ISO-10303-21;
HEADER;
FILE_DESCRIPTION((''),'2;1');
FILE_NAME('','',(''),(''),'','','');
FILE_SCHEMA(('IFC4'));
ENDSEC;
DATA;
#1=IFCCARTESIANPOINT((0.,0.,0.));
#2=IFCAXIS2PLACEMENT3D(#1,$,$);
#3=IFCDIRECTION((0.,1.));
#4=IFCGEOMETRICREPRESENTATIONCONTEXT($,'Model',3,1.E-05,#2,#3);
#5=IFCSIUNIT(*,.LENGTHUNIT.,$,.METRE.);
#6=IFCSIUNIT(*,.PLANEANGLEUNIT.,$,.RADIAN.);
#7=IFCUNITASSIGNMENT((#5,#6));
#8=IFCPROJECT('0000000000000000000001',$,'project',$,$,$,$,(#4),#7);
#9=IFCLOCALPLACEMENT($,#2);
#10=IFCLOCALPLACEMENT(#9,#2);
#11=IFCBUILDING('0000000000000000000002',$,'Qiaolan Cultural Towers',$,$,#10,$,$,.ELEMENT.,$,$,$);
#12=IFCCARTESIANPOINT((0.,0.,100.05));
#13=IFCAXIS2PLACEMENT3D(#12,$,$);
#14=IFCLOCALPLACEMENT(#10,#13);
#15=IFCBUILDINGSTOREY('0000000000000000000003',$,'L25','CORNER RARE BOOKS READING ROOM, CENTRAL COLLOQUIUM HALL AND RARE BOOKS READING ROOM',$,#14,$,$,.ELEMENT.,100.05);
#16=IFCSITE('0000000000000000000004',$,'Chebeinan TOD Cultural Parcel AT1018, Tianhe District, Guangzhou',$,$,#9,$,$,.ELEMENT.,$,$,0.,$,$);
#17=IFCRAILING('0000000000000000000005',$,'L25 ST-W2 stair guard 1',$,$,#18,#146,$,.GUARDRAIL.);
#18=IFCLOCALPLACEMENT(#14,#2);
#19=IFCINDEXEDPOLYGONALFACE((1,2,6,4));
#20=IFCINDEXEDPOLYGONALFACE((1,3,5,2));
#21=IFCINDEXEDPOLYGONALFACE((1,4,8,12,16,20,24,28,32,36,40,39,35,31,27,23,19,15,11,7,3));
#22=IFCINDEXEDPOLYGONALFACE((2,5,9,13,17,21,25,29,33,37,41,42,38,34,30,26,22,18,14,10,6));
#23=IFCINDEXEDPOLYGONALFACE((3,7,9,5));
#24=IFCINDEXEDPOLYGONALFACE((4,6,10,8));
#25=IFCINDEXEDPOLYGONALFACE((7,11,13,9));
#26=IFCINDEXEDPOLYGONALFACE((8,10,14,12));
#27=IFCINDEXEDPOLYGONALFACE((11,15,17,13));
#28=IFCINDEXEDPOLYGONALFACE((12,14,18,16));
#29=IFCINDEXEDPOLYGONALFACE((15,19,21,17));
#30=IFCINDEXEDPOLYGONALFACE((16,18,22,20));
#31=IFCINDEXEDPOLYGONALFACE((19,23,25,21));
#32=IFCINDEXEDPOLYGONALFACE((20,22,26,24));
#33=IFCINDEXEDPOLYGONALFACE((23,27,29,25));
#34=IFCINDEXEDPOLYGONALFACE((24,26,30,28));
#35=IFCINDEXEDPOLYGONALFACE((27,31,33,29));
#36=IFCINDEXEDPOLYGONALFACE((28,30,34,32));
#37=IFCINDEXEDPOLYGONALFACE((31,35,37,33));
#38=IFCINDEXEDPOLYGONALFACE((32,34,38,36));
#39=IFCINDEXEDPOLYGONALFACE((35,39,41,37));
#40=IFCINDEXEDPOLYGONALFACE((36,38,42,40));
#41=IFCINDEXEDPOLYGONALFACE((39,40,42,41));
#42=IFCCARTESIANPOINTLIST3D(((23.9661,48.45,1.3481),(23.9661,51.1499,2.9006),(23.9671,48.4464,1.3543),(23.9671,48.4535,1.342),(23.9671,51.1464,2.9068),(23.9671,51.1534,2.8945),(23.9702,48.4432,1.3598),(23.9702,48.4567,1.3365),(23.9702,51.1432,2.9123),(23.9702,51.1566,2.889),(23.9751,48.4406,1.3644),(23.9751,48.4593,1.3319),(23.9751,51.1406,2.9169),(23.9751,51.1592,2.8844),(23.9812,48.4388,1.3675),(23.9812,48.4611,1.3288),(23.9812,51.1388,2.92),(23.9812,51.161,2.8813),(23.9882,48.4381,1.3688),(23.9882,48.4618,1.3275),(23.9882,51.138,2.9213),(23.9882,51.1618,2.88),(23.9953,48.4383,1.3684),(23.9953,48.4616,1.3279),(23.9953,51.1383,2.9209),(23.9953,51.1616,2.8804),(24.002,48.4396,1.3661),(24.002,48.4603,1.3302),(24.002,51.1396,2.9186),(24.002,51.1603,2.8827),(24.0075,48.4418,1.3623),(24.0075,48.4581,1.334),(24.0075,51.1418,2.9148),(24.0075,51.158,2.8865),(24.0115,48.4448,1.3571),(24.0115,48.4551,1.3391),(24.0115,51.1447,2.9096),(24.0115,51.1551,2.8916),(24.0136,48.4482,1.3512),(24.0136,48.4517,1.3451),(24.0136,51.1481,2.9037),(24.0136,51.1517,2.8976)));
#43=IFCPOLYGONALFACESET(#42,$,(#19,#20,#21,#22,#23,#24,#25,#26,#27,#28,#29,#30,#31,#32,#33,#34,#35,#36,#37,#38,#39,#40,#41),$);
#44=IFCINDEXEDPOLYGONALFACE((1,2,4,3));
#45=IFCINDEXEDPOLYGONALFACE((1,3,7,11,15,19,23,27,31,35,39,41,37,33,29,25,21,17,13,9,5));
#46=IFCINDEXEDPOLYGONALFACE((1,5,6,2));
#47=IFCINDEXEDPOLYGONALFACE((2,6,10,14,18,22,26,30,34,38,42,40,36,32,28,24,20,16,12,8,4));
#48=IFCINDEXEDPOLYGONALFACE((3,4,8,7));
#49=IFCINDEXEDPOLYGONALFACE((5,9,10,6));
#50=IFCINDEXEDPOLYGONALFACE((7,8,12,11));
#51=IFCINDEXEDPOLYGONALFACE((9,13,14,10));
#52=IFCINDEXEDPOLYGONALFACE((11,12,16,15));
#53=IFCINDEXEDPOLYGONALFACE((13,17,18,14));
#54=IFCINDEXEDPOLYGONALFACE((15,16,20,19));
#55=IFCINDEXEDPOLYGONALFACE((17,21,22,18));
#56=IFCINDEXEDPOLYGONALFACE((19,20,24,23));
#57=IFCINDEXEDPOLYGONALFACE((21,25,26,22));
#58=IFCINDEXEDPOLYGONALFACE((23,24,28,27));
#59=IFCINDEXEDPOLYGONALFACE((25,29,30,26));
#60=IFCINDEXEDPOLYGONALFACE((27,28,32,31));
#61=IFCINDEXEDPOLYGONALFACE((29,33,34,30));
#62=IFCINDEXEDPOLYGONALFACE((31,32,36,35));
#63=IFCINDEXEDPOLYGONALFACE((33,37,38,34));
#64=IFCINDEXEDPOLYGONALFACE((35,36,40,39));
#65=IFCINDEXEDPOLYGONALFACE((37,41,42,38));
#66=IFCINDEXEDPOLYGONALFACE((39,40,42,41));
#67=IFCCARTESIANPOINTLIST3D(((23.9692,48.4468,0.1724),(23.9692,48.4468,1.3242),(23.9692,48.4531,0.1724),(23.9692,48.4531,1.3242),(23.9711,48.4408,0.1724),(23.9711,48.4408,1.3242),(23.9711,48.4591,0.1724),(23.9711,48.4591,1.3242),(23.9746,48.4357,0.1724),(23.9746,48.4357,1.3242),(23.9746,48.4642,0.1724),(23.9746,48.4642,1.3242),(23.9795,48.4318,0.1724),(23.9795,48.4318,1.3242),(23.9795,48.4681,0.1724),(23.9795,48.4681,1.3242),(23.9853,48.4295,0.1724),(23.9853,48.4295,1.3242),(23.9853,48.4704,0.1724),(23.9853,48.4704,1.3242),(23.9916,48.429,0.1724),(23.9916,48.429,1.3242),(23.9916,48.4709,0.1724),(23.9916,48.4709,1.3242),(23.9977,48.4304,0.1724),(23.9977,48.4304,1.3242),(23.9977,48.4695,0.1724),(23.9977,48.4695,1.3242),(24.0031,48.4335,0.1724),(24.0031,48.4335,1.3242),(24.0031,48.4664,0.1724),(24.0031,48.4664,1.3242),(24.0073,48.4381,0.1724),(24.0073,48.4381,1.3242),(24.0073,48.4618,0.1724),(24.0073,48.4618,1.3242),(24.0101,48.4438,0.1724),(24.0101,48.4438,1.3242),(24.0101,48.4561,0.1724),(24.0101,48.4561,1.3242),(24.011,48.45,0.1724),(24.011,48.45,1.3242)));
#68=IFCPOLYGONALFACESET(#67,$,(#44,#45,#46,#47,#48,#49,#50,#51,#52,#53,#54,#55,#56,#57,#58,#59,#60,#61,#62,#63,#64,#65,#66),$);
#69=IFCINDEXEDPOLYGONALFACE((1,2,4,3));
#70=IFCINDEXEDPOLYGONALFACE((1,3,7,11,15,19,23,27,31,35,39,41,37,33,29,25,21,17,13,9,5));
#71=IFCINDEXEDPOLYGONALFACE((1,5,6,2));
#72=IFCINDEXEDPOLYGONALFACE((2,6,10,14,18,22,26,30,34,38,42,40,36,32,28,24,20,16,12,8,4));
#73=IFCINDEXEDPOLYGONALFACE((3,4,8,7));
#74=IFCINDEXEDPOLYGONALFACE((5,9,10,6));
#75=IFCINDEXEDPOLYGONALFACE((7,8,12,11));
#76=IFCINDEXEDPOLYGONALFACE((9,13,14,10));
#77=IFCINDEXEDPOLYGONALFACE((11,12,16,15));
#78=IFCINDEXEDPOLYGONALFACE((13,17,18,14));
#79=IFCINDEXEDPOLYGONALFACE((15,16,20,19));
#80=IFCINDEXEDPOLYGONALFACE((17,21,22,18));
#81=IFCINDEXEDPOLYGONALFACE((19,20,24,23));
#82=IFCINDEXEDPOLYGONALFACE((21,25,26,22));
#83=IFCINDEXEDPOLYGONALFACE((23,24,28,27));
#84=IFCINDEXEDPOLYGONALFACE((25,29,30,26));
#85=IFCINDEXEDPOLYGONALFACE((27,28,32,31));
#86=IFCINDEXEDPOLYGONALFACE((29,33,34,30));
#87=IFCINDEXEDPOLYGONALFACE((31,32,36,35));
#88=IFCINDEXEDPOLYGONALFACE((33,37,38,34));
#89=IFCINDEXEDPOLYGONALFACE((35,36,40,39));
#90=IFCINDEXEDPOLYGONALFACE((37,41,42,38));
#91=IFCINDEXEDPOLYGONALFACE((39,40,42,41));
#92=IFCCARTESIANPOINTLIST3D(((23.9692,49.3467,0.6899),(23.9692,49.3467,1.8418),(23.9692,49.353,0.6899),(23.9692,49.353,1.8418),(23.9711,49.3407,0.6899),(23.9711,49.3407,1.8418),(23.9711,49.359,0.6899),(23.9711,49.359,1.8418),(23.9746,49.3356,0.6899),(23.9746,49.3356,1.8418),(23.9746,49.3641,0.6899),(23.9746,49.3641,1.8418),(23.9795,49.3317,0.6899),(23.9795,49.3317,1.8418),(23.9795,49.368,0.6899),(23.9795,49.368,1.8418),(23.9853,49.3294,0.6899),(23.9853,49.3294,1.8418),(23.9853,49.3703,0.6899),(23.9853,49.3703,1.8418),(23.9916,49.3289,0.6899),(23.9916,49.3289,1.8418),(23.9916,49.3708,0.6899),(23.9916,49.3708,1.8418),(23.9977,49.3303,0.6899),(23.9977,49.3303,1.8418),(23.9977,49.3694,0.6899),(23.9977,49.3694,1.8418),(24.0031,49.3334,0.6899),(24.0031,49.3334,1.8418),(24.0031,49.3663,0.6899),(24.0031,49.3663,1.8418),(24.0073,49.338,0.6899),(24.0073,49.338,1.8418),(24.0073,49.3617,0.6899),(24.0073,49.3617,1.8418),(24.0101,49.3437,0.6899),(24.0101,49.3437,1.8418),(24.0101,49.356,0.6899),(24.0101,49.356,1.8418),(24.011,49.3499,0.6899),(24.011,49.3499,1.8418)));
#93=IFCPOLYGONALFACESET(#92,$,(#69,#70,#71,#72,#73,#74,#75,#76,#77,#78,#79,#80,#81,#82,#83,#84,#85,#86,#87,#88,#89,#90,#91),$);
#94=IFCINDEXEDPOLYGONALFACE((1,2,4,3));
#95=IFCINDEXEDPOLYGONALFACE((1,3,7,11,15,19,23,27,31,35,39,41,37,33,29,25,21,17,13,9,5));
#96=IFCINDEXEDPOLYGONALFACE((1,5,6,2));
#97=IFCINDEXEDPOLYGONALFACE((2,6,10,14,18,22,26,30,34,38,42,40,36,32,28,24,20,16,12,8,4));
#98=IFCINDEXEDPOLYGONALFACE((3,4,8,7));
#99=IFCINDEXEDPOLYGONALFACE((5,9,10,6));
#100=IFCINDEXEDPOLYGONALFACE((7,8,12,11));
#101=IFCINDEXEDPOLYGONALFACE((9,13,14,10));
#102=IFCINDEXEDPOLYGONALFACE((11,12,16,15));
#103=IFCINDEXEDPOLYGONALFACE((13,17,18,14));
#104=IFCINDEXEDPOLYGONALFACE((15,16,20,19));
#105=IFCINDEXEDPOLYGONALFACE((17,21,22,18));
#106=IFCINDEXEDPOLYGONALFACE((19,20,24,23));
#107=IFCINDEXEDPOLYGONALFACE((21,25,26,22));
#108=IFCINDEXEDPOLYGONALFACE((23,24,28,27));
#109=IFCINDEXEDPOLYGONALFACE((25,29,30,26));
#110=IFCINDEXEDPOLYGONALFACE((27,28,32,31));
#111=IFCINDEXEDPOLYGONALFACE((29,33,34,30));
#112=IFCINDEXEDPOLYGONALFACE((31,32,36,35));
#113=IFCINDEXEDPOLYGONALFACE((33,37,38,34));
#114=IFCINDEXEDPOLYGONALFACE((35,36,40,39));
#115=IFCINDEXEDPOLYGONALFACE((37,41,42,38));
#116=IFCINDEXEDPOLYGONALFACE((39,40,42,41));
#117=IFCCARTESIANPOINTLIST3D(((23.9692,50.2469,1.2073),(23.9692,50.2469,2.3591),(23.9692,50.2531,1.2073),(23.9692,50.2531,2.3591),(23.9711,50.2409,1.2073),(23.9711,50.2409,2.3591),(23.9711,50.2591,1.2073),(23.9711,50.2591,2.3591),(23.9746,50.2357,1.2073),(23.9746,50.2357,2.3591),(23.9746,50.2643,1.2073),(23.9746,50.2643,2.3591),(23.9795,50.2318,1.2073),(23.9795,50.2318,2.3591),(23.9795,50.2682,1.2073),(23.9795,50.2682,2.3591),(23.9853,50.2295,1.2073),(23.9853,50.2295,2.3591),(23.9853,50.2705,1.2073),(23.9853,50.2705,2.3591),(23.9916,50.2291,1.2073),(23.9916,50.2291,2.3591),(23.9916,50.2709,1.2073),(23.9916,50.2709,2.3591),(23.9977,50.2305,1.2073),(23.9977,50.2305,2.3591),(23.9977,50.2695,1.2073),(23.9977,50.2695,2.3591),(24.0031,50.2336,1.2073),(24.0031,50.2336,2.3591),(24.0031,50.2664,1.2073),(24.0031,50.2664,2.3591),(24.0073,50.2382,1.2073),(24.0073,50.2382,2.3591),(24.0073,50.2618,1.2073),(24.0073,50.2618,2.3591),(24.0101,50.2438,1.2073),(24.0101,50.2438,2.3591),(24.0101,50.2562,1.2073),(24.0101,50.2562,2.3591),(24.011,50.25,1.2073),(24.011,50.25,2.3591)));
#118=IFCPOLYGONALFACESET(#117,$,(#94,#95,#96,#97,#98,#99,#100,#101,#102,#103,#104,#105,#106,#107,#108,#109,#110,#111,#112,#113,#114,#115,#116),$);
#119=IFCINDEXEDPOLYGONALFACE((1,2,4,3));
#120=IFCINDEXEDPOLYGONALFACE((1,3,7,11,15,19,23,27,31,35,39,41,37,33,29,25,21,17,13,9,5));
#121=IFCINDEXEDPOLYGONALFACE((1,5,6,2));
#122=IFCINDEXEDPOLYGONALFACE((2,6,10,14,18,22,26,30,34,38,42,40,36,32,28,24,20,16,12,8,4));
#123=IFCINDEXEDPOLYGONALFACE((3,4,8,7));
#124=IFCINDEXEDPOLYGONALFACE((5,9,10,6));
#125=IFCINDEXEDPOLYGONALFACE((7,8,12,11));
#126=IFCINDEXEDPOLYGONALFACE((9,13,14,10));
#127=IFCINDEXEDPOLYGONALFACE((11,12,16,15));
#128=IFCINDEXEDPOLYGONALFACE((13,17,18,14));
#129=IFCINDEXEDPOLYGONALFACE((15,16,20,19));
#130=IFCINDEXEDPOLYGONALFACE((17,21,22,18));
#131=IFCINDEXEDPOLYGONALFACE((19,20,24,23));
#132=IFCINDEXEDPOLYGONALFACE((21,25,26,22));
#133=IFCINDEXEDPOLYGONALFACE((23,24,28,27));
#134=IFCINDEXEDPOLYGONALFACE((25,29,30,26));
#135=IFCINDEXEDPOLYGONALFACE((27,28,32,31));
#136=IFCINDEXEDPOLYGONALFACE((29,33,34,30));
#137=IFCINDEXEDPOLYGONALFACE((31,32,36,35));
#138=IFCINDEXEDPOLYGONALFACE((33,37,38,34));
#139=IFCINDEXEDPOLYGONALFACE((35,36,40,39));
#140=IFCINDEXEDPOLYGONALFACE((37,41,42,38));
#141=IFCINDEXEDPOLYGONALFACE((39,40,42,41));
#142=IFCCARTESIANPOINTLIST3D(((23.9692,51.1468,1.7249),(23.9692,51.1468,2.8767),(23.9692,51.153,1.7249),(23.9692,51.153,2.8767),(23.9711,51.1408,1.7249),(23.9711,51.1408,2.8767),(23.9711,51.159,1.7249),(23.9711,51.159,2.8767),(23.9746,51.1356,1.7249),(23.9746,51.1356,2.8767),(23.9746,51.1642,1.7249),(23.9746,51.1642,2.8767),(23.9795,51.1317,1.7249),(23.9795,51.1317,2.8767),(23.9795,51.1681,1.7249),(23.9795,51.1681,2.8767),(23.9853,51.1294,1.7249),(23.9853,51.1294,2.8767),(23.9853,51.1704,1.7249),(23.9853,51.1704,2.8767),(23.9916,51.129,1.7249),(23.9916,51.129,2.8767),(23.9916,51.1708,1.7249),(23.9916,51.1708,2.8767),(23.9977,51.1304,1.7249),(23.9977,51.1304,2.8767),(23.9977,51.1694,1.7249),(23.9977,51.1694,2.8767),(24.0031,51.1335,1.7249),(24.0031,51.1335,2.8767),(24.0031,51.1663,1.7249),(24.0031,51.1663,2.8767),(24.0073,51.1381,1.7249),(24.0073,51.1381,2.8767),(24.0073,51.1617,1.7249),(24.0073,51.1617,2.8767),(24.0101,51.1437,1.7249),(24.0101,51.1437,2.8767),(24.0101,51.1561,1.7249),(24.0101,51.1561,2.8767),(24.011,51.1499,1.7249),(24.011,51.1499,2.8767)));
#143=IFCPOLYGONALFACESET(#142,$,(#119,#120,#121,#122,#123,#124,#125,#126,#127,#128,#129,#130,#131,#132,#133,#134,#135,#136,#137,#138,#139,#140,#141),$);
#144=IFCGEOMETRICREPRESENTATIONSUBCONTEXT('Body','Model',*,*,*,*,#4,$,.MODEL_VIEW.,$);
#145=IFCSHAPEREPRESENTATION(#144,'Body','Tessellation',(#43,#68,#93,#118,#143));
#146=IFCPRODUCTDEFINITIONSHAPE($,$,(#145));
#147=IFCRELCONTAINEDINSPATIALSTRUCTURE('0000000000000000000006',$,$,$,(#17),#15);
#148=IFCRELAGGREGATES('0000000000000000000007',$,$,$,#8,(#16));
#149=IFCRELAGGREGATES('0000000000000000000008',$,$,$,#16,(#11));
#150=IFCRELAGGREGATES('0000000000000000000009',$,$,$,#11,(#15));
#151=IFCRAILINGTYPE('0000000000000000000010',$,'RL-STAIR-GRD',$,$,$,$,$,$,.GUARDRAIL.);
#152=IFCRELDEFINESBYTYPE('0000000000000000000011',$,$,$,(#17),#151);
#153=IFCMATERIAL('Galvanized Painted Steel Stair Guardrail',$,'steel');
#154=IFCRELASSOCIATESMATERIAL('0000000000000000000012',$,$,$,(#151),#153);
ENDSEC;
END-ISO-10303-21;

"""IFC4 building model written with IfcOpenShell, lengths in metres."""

from ifc_helpers import new_model, si_unit, direction, frame, origin, origin_2d, place, context, subcontext, project, spatial, circle, extrude, material, type_object, element, save


model = new_model("IFC4")

# Units and contexts
model_context = context("Model", 3, precision=1e-05, world=origin(), true_north=direction((0.0, 1.0)))
body_context = subcontext(model_context, "Body", "Model", "MODEL_VIEW")
ifc_project = project(units=[si_unit("LENGTHUNIT", "METRE"), si_unit("PLANEANGLEUNIT", "RADIAN")], contexts=[model_context])

# Site, building, storey
site_placement = place(None, origin())
site = spatial("IfcSite", under=ifc_project, at=site_placement, Name="Chebeinan TOD Cultural Parcel AT1018, Tianhe District, Guangzhou", CompositionType="ELEMENT", RefElevation=0.0)
building_placement = place(site_placement, origin())
building = spatial("IfcBuilding", under=site, at=building_placement, Name="Qiaolan Cultural Towers", CompositionType="ELEMENT")
storey_placement = place(building_placement, frame((0.0, 0.0, 100.05)))
storey = spatial("IfcBuildingStorey", under=building, at=storey_placement, Name="L25", Description="CORNER RARE BOOKS READING ROOM, CENTRAL COLLOQUIUM HALL AND RARE BOOKS READING ROOM", CompositionType="ELEMENT", Elevation=100.05)

# Railing
ifc_material_1 = material(Name="Galvanized Painted Steel Stair Guardrail", Category="steel")
railing_type_1 = type_object("IfcRailingType", Name="RL-STAIR-GRD", PredefinedType="GUARDRAIL", material=ifc_material_1)
railing_1_placement = place(storey_placement, frame((23.99, 48.45, 0.1724)))
element("IfcRailing", 1, at=railing_1_placement, inside=storey, type_object=railing_type_1, Name="L25 ST-W2 stair guard 1", PredefinedType="GUARDRAIL", context=body_context, shape_type="SweptSolid", body=[
    extrude(circle(Radius=0.0239, at=origin_2d()), frame((0.0, 0.0, 1.1758), z_axis=(0.0, 0.866904, 0.498476), x_axis=(-1.0, 0.0, 0.0)), (0.0, 0.0, 1.0), 3.1145),
    extrude(circle(Radius=0.021, at=origin_2d()), origin(), (0.0, 0.0, 1.0), 1.1519),
    extrude(circle(Radius=0.021, at=origin_2d()), frame((0.0, 0.8999, 0.5176)), (0.0, 0.0, 1.0), 1.1519),
    extrude(circle(Radius=0.021, at=origin_2d()), frame((0.0, 1.8, 1.0349)), (0.0, 0.0, 1.0), 1.1519),
    extrude(circle(Radius=0.021, at=origin_2d()), frame((0.0, 2.7, 1.5525)), (0.0, 0.0, 1.0), 1.1519),
])

save(model, "model.ifc")
